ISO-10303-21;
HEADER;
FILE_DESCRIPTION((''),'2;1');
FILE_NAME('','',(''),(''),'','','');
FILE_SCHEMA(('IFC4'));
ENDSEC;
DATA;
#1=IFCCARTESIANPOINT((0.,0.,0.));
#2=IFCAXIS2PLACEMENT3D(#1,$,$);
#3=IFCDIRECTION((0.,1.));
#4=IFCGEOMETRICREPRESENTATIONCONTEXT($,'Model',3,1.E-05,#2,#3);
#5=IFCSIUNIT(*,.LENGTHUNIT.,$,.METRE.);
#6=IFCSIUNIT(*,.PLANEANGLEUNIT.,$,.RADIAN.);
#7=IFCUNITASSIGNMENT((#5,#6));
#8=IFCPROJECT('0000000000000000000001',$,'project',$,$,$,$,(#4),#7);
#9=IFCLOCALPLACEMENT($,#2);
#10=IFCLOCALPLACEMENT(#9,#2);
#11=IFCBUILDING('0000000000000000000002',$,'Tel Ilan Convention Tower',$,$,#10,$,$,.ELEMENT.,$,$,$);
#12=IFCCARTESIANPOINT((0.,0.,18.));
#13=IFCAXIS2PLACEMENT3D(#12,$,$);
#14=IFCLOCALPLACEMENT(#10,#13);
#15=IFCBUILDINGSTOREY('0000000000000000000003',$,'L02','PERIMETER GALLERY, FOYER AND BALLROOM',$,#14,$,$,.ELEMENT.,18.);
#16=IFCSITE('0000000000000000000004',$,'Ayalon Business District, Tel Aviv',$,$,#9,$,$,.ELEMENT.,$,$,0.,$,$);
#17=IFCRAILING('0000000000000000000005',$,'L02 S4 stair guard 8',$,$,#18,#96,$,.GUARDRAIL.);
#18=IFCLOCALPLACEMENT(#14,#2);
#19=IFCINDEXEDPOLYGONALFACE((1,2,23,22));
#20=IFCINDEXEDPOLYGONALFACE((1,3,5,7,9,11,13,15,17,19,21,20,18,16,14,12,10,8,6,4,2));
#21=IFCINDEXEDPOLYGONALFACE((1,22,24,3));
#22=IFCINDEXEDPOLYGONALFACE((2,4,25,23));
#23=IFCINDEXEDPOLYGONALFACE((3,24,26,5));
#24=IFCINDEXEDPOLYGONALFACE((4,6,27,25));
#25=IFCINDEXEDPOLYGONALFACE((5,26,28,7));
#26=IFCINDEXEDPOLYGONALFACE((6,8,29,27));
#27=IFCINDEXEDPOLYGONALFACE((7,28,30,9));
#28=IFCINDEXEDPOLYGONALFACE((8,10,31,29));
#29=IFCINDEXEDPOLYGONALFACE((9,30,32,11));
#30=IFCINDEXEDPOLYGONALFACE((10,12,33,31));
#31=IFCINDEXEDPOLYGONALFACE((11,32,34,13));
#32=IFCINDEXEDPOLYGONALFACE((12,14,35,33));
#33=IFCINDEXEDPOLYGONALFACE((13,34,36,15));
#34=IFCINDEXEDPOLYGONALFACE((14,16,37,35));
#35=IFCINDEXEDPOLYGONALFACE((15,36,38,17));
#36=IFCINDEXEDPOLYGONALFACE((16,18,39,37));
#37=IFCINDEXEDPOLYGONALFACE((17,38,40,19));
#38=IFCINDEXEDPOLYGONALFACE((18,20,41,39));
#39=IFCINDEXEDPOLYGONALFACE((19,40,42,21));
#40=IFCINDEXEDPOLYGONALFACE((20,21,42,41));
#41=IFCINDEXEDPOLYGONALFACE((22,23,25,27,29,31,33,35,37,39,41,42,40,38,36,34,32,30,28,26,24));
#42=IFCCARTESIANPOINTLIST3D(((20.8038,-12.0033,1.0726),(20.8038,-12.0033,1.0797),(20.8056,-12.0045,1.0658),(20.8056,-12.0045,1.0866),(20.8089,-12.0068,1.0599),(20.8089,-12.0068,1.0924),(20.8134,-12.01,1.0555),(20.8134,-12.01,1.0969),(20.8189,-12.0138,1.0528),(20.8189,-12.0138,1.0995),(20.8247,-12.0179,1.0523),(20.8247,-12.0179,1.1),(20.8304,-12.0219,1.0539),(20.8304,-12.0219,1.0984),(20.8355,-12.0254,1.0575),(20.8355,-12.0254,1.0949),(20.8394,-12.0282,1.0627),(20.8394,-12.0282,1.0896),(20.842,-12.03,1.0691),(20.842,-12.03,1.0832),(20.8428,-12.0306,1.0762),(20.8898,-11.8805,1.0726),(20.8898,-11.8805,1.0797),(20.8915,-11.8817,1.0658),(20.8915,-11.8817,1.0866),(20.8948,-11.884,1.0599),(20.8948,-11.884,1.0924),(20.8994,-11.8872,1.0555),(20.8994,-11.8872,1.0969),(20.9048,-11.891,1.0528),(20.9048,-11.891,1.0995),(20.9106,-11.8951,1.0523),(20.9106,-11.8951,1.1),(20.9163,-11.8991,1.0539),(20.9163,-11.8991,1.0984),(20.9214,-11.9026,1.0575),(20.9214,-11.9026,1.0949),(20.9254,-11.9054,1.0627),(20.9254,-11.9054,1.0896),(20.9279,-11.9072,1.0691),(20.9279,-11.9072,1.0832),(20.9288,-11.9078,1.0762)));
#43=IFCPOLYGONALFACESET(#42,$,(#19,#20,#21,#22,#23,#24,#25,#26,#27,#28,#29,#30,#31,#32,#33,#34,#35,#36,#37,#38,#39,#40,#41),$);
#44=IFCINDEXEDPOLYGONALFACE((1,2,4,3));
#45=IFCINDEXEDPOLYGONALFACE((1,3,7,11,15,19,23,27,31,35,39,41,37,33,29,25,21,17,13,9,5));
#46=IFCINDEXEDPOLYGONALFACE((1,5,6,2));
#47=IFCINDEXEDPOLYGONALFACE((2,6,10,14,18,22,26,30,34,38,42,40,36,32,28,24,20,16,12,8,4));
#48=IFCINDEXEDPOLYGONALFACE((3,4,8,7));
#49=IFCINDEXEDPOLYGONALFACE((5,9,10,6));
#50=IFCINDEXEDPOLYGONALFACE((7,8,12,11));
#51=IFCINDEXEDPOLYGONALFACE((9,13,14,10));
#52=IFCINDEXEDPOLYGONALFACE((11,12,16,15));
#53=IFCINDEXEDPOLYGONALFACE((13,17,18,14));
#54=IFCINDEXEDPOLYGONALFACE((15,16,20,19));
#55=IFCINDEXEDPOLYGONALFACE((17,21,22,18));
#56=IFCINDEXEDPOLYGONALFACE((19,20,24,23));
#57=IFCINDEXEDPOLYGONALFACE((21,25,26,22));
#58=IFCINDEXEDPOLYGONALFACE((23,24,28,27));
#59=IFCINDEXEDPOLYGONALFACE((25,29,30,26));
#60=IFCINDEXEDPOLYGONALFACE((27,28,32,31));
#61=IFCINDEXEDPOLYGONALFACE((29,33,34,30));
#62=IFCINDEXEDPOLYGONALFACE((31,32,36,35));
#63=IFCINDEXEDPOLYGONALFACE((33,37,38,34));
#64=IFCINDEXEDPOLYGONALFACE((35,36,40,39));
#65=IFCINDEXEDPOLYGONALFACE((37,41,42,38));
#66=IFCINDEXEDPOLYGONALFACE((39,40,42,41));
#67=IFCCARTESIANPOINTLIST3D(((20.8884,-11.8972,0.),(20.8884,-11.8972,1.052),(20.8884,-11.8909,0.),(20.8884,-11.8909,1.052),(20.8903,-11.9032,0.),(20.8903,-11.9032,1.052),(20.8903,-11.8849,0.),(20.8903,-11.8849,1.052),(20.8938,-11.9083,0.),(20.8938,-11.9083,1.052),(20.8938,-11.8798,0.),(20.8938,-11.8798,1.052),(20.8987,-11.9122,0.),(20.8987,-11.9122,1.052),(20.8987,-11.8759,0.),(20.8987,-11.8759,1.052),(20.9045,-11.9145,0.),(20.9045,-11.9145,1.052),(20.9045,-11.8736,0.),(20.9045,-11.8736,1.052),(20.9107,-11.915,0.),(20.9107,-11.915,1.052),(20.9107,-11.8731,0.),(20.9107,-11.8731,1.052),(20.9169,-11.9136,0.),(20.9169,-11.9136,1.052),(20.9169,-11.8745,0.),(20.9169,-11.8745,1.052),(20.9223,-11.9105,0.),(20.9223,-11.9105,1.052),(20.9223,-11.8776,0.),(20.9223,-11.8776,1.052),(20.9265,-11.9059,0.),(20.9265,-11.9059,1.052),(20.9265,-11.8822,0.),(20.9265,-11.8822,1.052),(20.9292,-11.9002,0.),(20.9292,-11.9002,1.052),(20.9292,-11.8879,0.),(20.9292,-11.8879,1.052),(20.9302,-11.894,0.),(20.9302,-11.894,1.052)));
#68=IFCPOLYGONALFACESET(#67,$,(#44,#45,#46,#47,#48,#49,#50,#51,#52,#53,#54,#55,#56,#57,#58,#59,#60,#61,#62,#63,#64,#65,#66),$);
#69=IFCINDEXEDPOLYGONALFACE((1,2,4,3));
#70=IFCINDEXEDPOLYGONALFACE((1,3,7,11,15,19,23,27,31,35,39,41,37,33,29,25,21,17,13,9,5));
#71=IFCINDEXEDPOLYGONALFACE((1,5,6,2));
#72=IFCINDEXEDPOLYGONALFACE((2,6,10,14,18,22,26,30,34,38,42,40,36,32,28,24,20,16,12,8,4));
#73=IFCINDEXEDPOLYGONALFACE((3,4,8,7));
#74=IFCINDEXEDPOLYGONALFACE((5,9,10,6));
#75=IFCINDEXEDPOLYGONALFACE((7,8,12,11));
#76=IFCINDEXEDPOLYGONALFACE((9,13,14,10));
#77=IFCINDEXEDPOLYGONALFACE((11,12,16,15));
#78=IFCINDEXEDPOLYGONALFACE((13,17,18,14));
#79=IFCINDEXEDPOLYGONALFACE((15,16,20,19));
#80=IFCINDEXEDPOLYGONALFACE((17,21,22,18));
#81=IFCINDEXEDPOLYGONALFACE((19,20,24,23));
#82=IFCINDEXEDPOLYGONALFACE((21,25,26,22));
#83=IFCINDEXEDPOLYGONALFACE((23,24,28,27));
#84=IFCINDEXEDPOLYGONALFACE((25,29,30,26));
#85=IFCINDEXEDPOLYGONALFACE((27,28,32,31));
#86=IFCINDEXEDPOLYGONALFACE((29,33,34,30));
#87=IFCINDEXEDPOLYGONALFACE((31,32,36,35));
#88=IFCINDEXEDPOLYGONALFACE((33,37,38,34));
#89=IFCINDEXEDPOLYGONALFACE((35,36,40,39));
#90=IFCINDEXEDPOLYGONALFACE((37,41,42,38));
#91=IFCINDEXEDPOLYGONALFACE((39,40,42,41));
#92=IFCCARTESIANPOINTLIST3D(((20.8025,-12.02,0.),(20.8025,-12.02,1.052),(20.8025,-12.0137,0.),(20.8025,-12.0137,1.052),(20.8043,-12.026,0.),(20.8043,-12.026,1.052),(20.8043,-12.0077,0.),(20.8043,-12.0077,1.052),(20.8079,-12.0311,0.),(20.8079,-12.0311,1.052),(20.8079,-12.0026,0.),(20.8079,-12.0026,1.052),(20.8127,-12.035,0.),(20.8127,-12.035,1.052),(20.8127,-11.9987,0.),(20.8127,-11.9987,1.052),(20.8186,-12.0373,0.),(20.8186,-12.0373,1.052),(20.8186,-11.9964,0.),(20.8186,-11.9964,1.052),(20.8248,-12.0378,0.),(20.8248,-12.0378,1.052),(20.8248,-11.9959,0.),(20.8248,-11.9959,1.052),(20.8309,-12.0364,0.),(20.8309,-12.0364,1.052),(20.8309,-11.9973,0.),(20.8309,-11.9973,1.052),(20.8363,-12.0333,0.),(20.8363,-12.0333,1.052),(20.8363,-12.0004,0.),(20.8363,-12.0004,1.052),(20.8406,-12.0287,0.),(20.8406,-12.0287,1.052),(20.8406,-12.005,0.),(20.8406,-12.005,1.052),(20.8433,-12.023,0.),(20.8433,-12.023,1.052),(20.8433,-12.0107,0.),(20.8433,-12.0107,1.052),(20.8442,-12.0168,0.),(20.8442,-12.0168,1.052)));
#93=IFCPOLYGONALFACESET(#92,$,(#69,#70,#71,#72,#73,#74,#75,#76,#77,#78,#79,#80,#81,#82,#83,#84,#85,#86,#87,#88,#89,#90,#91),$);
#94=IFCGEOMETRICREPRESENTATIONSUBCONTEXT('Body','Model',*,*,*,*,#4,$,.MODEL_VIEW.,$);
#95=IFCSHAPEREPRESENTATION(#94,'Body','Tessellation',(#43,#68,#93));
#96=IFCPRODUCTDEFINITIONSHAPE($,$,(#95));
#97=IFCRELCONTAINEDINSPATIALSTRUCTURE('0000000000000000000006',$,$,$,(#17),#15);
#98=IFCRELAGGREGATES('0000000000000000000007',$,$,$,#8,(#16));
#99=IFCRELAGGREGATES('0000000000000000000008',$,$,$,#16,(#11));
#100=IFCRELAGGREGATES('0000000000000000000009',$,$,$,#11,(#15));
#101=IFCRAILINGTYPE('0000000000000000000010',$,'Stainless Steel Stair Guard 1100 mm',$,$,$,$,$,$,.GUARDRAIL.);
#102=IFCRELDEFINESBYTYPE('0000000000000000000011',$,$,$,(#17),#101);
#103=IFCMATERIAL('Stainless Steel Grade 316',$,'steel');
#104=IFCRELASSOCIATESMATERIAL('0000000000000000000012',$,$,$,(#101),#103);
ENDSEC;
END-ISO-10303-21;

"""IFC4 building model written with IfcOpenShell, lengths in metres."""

from ifc_helpers import new_model, si_unit, direction, frame, origin, origin_2d, place, context, subcontext, project, spatial, circle, extrude, material, type_object, element, save


model = new_model("IFC4")

# Units and contexts
model_context = context("Model", 3, precision=1e-05, world=origin(), true_north=direction((0.0, 1.0)))
body_context = subcontext(model_context, "Body", "Model", "MODEL_VIEW")
ifc_project = project(units=[si_unit("LENGTHUNIT", "METRE"), si_unit("PLANEANGLEUNIT", "RADIAN")], contexts=[model_context])

# Site, building, storey
site_placement = place(None, origin())
site = spatial("IfcSite", under=ifc_project, at=site_placement, Name="Ayalon Business District, Tel Aviv", CompositionType="ELEMENT", RefElevation=0.0)
building_placement = place(site_placement, origin())
building = spatial("IfcBuilding", under=site, at=building_placement, Name="Tel Ilan Convention Tower", CompositionType="ELEMENT")
storey_placement = place(building_placement, frame((0.0, 0.0, 18.0)))
storey = spatial("IfcBuildingStorey", under=building, at=storey_placement, Name="L02", Description="PERIMETER GALLERY, FOYER AND BALLROOM", CompositionType="ELEMENT", Elevation=18.0)

# Railing
ifc_material_1 = material(Name="Stainless Steel Grade 316", Category="steel")
railing_type = type_object("IfcRailingType", Name="Stainless Steel Stair Guard 1100 mm", PredefinedType="GUARDRAIL", material=ifc_material_1)
railing_1_placement = place(storey_placement, frame((20.9092, -11.894, 0.0)))
element("IfcRailing", 1, at=railing_1_placement, inside=storey, type_object=railing_type, Name="L02 S4 stair guard 8", PredefinedType="GUARDRAIL", context=body_context, shape_type="SweptSolid", body=[
    extrude(circle(Radius=0.0239, at=origin_2d()), frame((0.0, 0.0, 1.0762), z_axis=(-0.573353, -0.819308, 0.0), x_axis=(0.819308, -0.573353, 0.0)), (0.0, 0.0, 1.0), 0.1499),
    extrude(circle(Radius=0.021, at=origin_2d()), origin(), (0.0, 0.0, 1.0), 1.052),
    extrude(circle(Radius=0.021, at=origin_2d()), frame((-0.0859, -0.1228, 0.0)), (0.0, 0.0, 1.0), 1.052),
])

save(model, "model.ifc")
